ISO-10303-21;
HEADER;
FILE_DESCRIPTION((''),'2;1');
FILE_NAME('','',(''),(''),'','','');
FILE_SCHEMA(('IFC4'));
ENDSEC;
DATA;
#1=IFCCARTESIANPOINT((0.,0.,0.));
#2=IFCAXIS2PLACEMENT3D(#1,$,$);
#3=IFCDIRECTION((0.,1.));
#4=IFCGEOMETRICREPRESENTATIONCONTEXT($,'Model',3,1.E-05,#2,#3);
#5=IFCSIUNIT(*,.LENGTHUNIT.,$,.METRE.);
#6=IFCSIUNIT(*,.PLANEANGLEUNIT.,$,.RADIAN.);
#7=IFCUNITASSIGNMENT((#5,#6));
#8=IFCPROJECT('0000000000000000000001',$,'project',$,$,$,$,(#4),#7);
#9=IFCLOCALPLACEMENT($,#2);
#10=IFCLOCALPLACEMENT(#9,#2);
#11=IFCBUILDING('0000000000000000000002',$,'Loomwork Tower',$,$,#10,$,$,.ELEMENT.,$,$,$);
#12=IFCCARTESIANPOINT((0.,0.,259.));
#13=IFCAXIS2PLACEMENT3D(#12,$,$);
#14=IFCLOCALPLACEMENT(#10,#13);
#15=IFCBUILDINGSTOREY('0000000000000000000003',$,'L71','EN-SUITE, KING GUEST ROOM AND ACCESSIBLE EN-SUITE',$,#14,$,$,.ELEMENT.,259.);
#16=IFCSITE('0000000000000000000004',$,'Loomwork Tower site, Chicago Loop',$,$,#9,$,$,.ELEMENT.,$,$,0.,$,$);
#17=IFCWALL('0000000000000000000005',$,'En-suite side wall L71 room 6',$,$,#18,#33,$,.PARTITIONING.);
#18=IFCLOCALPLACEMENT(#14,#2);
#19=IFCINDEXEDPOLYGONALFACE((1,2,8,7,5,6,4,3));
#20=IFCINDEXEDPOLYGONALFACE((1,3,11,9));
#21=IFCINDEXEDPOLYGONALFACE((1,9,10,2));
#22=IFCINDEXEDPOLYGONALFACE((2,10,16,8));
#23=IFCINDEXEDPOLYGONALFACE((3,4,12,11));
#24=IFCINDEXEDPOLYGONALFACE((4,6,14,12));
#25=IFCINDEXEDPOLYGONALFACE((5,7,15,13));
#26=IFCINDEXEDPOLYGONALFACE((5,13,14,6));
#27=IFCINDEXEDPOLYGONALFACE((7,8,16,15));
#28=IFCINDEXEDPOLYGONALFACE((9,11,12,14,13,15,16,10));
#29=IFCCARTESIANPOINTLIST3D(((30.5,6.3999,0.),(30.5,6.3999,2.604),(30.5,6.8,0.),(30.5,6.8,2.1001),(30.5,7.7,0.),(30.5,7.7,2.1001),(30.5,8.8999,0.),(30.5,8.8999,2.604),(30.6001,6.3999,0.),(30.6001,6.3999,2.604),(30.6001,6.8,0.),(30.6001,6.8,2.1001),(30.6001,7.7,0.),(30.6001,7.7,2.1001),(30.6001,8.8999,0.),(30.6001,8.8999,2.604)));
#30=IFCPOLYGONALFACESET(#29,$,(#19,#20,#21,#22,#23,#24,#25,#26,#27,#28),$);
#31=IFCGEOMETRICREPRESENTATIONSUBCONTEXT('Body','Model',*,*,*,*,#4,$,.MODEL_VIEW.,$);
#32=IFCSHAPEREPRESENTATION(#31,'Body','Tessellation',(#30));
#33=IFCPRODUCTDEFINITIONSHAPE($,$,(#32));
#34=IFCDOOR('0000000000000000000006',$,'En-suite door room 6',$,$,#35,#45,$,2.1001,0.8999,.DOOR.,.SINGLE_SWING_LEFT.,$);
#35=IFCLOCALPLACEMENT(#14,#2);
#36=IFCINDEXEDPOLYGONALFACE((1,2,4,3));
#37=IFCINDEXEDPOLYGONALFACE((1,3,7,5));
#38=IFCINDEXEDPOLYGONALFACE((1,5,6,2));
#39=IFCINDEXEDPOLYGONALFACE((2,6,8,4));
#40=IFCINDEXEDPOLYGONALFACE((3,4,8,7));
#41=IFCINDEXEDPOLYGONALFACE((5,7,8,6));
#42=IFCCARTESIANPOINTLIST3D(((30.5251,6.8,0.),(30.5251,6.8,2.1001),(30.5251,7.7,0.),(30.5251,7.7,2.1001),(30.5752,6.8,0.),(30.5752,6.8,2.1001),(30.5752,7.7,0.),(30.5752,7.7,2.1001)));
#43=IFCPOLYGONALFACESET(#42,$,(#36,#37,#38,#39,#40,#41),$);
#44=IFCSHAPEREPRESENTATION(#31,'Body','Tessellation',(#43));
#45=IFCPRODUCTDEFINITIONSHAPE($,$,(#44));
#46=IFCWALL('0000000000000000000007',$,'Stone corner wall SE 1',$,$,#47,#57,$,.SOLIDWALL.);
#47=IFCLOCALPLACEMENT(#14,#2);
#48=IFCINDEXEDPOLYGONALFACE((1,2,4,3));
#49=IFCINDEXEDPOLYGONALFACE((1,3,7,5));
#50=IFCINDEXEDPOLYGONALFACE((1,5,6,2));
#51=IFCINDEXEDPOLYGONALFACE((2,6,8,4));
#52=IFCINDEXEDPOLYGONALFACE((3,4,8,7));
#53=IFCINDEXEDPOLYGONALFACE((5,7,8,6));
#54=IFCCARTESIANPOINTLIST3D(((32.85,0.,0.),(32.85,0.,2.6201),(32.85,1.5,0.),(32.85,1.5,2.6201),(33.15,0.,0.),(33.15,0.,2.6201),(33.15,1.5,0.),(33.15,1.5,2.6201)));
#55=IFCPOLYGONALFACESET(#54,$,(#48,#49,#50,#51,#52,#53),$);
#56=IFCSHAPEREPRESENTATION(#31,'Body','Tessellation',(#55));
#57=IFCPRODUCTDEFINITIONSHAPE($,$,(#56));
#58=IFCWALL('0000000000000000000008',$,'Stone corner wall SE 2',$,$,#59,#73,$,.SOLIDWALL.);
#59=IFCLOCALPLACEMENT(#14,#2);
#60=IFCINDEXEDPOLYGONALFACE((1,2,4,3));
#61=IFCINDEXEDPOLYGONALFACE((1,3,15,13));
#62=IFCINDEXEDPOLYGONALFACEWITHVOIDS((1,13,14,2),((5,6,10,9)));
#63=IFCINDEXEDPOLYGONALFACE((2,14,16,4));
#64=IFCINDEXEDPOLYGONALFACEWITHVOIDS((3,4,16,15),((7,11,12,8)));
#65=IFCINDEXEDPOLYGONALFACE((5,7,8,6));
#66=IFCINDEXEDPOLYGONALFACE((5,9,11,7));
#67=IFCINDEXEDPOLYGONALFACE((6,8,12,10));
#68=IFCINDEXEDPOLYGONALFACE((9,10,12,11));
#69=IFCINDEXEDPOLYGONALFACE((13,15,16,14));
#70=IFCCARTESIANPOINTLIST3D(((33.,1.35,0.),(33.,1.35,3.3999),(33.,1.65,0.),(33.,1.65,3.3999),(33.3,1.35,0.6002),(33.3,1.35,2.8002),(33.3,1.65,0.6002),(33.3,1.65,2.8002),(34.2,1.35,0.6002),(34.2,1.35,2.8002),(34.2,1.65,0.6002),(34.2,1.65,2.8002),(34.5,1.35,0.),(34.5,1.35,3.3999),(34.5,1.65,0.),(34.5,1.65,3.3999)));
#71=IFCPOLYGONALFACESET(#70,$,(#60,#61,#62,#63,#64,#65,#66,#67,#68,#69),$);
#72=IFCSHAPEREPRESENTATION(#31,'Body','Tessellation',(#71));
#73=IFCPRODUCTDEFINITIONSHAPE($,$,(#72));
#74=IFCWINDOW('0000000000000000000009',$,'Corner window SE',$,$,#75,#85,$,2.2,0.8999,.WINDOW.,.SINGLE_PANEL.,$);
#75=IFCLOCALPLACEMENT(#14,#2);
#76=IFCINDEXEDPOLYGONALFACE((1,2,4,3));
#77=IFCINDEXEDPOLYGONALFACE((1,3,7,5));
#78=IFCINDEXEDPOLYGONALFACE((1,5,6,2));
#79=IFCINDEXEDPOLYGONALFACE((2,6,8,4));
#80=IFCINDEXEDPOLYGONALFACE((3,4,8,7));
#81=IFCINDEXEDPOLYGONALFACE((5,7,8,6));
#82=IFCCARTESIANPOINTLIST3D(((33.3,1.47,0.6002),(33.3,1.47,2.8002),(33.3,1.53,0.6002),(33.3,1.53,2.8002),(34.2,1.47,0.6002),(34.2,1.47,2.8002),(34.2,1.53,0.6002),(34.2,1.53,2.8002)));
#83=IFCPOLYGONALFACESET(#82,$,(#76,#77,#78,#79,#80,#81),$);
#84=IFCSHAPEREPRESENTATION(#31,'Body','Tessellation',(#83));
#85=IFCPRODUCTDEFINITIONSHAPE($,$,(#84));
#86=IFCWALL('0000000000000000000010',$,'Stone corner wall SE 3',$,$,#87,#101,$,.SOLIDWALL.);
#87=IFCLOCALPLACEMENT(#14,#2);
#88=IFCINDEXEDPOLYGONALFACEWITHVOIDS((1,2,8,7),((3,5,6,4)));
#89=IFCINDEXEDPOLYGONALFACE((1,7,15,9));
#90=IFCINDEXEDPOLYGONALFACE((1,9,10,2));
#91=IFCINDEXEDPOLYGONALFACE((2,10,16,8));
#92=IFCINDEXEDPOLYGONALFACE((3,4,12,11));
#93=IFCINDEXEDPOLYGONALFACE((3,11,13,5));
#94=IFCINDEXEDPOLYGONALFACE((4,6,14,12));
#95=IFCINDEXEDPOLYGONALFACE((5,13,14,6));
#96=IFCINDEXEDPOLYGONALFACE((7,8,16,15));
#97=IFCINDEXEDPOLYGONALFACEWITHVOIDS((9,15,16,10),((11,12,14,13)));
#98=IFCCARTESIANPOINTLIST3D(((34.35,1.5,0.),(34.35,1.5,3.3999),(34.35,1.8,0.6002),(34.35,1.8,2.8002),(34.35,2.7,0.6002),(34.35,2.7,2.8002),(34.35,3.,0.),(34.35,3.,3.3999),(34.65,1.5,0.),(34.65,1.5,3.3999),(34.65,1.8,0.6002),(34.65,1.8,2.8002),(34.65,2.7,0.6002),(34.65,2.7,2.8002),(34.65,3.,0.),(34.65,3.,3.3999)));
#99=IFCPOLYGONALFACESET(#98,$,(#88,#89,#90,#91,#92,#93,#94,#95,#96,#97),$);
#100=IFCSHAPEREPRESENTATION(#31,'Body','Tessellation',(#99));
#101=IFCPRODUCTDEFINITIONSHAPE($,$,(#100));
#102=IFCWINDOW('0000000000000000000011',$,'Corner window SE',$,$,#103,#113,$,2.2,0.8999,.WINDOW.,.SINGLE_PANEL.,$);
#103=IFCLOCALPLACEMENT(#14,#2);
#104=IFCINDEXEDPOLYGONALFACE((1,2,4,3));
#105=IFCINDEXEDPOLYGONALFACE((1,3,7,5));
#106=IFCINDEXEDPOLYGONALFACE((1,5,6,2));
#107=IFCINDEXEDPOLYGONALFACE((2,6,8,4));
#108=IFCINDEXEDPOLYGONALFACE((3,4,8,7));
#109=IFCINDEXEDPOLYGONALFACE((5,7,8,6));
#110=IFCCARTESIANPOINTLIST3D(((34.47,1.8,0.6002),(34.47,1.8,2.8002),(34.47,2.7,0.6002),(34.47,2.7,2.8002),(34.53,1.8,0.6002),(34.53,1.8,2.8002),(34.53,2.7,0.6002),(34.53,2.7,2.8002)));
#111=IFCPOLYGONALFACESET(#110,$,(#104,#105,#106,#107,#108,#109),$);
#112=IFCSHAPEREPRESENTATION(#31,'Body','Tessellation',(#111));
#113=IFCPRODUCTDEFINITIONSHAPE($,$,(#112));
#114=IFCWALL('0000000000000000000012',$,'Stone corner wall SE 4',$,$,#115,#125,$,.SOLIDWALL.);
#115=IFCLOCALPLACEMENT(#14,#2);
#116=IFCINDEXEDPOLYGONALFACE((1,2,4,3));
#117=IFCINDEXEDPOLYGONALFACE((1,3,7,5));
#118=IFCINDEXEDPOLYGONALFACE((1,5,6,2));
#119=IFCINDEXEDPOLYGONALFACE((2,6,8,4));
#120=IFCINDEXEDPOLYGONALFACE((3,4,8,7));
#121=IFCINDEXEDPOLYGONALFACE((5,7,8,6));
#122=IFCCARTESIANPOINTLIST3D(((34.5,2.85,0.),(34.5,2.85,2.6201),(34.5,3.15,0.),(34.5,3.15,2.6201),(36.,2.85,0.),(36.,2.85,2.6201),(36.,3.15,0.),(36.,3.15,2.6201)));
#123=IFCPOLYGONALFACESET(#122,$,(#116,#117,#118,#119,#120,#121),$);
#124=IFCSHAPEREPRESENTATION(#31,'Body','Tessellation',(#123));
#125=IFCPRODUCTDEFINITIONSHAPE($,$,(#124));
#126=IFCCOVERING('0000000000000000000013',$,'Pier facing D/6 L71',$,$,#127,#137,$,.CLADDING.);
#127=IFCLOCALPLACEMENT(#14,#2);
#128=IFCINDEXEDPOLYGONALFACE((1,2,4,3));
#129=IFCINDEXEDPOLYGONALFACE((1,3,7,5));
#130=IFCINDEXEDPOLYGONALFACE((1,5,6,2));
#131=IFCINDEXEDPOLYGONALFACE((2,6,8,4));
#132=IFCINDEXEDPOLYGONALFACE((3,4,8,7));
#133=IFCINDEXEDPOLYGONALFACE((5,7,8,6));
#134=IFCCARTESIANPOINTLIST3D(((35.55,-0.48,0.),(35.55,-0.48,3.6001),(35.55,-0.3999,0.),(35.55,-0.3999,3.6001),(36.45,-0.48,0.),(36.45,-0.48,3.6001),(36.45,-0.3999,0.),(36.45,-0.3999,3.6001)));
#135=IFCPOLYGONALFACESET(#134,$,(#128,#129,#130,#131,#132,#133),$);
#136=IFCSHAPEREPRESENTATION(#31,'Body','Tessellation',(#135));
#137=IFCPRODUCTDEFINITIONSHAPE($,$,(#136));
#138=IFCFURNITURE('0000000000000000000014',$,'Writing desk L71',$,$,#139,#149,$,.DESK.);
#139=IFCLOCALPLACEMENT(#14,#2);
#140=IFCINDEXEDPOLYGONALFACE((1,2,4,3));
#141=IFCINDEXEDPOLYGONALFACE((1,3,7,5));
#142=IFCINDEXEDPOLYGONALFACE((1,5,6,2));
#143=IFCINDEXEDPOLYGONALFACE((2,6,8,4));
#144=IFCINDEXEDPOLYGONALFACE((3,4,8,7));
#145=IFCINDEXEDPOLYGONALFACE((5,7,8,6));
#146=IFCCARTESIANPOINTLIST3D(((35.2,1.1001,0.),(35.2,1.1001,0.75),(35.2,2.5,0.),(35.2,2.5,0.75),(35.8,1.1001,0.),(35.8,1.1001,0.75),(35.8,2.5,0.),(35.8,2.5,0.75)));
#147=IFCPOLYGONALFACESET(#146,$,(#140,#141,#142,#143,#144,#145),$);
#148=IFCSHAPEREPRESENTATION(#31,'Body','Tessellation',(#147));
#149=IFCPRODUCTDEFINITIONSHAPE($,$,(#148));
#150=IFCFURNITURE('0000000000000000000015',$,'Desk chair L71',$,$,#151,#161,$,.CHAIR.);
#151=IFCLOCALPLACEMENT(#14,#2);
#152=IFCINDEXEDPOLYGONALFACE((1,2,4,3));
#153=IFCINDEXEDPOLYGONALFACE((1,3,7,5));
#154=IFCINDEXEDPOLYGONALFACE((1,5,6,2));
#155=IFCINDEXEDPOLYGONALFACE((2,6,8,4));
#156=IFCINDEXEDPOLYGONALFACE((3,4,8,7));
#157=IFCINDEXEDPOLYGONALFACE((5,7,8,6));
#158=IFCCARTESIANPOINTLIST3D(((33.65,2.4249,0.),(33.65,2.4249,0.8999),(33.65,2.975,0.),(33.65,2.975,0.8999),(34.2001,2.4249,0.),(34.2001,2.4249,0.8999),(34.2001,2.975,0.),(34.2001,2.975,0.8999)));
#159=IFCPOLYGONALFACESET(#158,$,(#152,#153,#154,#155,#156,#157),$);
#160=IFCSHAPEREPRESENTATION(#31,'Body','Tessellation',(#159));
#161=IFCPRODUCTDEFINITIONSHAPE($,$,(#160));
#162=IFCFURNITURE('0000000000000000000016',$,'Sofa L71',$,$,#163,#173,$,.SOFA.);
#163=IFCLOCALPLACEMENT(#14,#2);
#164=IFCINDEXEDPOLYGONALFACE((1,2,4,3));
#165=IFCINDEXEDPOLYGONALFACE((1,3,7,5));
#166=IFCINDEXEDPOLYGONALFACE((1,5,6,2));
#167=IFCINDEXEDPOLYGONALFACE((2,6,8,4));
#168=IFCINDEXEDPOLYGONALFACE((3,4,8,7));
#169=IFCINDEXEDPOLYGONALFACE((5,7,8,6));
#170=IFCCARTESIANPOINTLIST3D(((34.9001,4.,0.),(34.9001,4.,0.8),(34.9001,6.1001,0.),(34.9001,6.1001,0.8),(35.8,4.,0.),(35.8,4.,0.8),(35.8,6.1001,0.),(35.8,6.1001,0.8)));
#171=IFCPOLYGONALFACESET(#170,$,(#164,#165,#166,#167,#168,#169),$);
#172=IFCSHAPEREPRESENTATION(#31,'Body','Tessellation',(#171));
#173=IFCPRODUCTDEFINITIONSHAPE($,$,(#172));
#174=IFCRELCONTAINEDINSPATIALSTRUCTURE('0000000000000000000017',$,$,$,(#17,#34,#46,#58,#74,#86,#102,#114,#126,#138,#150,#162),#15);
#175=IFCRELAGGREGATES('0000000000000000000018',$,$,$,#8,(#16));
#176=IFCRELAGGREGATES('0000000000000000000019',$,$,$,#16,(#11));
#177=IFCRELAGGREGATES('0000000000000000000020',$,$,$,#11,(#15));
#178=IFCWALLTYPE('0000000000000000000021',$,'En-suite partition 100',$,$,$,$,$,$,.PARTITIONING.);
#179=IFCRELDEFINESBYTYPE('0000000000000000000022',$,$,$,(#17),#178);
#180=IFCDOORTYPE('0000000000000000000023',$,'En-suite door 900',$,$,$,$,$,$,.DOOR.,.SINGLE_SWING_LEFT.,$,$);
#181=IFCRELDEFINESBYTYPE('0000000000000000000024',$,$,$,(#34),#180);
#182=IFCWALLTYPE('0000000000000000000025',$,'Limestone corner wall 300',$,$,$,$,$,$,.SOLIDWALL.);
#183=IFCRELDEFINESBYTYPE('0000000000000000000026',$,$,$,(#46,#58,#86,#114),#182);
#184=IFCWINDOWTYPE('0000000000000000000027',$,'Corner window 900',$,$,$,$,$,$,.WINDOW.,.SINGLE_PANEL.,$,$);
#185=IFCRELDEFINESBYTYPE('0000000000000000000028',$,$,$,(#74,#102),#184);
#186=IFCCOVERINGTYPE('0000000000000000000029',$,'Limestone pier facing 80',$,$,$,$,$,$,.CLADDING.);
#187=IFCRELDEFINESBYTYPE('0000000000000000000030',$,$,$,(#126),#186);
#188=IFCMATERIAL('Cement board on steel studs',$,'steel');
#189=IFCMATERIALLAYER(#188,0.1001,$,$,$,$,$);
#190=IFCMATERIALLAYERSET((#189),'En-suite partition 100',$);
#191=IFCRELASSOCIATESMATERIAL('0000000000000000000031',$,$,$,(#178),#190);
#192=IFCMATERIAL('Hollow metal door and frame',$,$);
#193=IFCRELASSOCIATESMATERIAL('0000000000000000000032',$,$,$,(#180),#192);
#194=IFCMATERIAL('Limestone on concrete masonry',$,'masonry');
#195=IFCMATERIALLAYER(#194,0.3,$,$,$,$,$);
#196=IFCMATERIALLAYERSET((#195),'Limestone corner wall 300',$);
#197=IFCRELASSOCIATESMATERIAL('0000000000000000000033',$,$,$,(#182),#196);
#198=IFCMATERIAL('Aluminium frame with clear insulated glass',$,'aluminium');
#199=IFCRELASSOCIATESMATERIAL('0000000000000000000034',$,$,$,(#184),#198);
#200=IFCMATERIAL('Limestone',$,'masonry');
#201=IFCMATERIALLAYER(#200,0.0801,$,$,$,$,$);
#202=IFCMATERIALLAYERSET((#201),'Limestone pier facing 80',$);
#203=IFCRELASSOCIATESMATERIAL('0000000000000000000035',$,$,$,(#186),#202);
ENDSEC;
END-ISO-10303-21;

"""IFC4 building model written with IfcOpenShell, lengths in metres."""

from ifc_helpers import new_model, si_unit, direction, frame, frame_2d, origin, origin_2d, place, context, subcontext, project, spatial, rectangle, extrude, material, layer, layer_set, type_object, element, fill, save


model = new_model("IFC4")

# Units and contexts
model_context = context("Model", 3, precision=1e-05, world=origin(), true_north=direction((0.0, 1.0)))
body_context = subcontext(model_context, "Body", "Model", "MODEL_VIEW")
ifc_project = project(units=[si_unit("LENGTHUNIT", "METRE"), si_unit("PLANEANGLEUNIT", "RADIAN")], contexts=[model_context])

# Site, building, storey
site_placement = place(None, origin())
site = spatial("IfcSite", under=ifc_project, at=site_placement, Name="Loomwork Tower site, Chicago Loop", CompositionType="ELEMENT", RefElevation=0.0)
building_placement = place(site_placement, origin())
building = spatial("IfcBuilding", under=site, at=building_placement, Name="Loomwork Tower", CompositionType="ELEMENT")
storey_placement = place(building_placement, frame((0.0, 0.0, 259.0)))
storey = spatial("IfcBuildingStorey", under=building, at=storey_placement, Name="L71", Description="EN-SUITE, KING GUEST ROOM AND ACCESSIBLE EN-SUITE", CompositionType="ELEMENT", Elevation=259.0)

# Wall, opening, door
ifc_material_1 = material(Name="Cement board on steel studs", Category="steel")
ifc_layer_1 = layer(ifc_material_1, 0.1001)
ifc_layer_set_1 = layer_set([ifc_layer_1], Name="En-suite partition 100")
wall_type_1 = type_object("IfcWallType", Name="En-suite partition 100", PredefinedType="PARTITIONING", material=ifc_layer_set_1)
wall_1_placement = place(storey_placement, frame((30.55, 8.8999, 0.0), z_axis=(0.0, 0.0, 1.0), x_axis=(0.0, -1.0, 0.0)))
wall_1 = element("IfcWall", 1, at=wall_1_placement, inside=storey, type_object=wall_type_1, Name="En-suite side wall L71 room 6", PredefinedType="PARTITIONING", context=body_context, shape_type="SweptSolid", body=[
    extrude(rectangle(XDim=2.5, YDim=0.1001, at=frame_2d((1.25, 0.0))), origin(), (0.0, 0.0, 1.0), 2.604),
])
opening_1_placement = place(wall_1_placement, frame((1.2, 0.0, 0.0)))
opening_1 = element("IfcOpeningElement", 2, at=opening_1_placement, cuts=wall_1, PredefinedType="OPENING", context=body_context, shape_type="SweptSolid", body=[
    extrude(rectangle(XDim=0.8999, YDim=2.1001, at=frame_2d((0.45, 1.05))), frame((0.0, 0.0601, 0.0), z_axis=(0.0, -1.0, 0.0), x_axis=(1.0, 0.0, 0.0)), (0.0, 0.0, 1.0), 0.1201),
])
ifc_material_2 = material(Name="Hollow metal door and frame")
door_type = type_object("IfcDoorType", Name="En-suite door 900", OperationType="SINGLE_SWING_LEFT", PredefinedType="DOOR", material=ifc_material_2)
door_placement = place(opening_1_placement, frame((0.8999, 0.0, 0.0), z_axis=(0.0, 0.0, 1.0), x_axis=(-1.0, 0.0, 0.0)))
door = element("IfcDoor", 3, at=door_placement, inside=storey, type_object=door_type, Name="En-suite door room 6", OperationType="SINGLE_SWING_LEFT", OverallHeight=2.1001, OverallWidth=0.8999, PredefinedType="DOOR", context=body_context, shape_type="SweptSolid", body=[
    extrude(rectangle(XDim=0.8999, YDim=2.1001, at=frame_2d((0.45, 1.05))), frame((0.0, 0.0249, 0.0), z_axis=(0.0, -1.0, 0.0), x_axis=(1.0, 0.0, 0.0)), (0.0, 0.0, 1.0), 0.05),
])
fill(opening_1, door)

# Wall
ifc_material_3 = material(Name="Limestone on concrete masonry", Category="masonry")
ifc_layer_2 = layer(ifc_material_3, 0.3)
ifc_layer_set_2 = layer_set([ifc_layer_2], Name="Limestone corner wall 300")
wall_type_2 = type_object("IfcWallType", Name="Limestone corner wall 300", PredefinedType="SOLIDWALL", material=ifc_layer_set_2)
wall_2_placement = place(storey_placement, frame((33.0, 0.0, 0.0), z_axis=(0.0, 0.0, 1.0), x_axis=(0.0, 1.0, 0.0)))
element("IfcWall", 4, at=wall_2_placement, inside=storey, type_object=wall_type_2, Name="Stone corner wall SE 1", PredefinedType="SOLIDWALL", context=body_context, shape_type="SweptSolid", body=[
    extrude(rectangle(XDim=1.5, YDim=0.3, at=frame_2d((0.75, 0.0))), origin(), (0.0, 0.0, 1.0), 2.6201),
])

# Walls, openings, windows
wall_3_placement = place(storey_placement, frame((33.0, 1.5, 0.0), z_axis=(0.0, 0.0, 1.0), x_axis=(1.0, 0.0, 0.0)))
wall_3 = element("IfcWall", 5, at=wall_3_placement, inside=storey, type_object=wall_type_2, Name="Stone corner wall SE 2", PredefinedType="SOLIDWALL", context=body_context, shape_type="SweptSolid", body=[
    extrude(rectangle(XDim=1.5, YDim=0.3, at=frame_2d((0.75, 0.0))), origin(), (0.0, 0.0, 1.0), 3.3999),
])
opening_2_placement = place(wall_3_placement, frame((0.3, 0.0, 0.6001)))
opening_2 = element("IfcOpeningElement", 6, at=opening_2_placement, cuts=wall_3, PredefinedType="OPENING", context=body_context, shape_type="SweptSolid", body=[
    extrude(rectangle(XDim=0.8999, YDim=2.2, at=frame_2d((0.45, 1.1001))), frame((0.0, 0.1599, 0.0), z_axis=(0.0, -1.0, 0.0), x_axis=(1.0, 0.0, 0.0)), (0.0, 0.0, 1.0), 0.3201),
])
ifc_material_4 = material(Name="Aluminium frame with clear insulated glass", Category="aluminium")
window_type = type_object("IfcWindowType", Name="Corner window 900", PartitioningType="SINGLE_PANEL", PredefinedType="WINDOW", material=ifc_material_4)
window_1_placement = place(opening_2_placement, origin())
window_1 = element("IfcWindow", 7, at=window_1_placement, inside=storey, type_object=window_type, Name="Corner window SE", OverallHeight=2.2, OverallWidth=0.8999, PartitioningType="SINGLE_PANEL", PredefinedType="WINDOW", context=body_context, shape_type="SweptSolid", body=[
    extrude(rectangle(XDim=0.8999, YDim=2.2, at=frame_2d((0.45, 1.1001))), frame((0.0, 0.03, 0.0), z_axis=(0.0, -1.0, 0.0), x_axis=(1.0, 0.0, 0.0)), (0.0, 0.0, 1.0), 0.0601),
])
fill(opening_2, window_1)
wall_4_placement = place(storey_placement, frame((34.5, 1.5, 0.0), z_axis=(0.0, 0.0, 1.0), x_axis=(0.0, 1.0, 0.0)))
wall_4 = element("IfcWall", 8, at=wall_4_placement, inside=storey, type_object=wall_type_2, Name="Stone corner wall SE 3", PredefinedType="SOLIDWALL", context=body_context, shape_type="SweptSolid", body=[
    extrude(rectangle(XDim=1.5, YDim=0.3, at=frame_2d((0.75, 0.0))), origin(), (0.0, 0.0, 1.0), 3.3999),
])
opening_3_placement = place(wall_4_placement, frame((0.3, 0.0, 0.6001)))
opening_3 = element("IfcOpeningElement", 9, at=opening_3_placement, cuts=wall_4, PredefinedType="OPENING", context=body_context, shape_type="SweptSolid", body=[
    extrude(rectangle(XDim=0.8999, YDim=2.2, at=frame_2d((0.45, 1.1001))), frame((0.0, 0.1599, 0.0), z_axis=(0.0, -1.0, 0.0), x_axis=(1.0, 0.0, 0.0)), (0.0, 0.0, 1.0), 0.3201),
])
window_2_placement = place(opening_3_placement, origin())
window_2 = element("IfcWindow", 10, at=window_2_placement, inside=storey, type_object=window_type, Name="Corner window SE", OverallHeight=2.2, OverallWidth=0.8999, PartitioningType="SINGLE_PANEL", PredefinedType="WINDOW", context=body_context, shape_type="SweptSolid", body=[
    extrude(rectangle(XDim=0.8999, YDim=2.2, at=frame_2d((0.45, 1.1001))), frame((0.0, 0.03, 0.0), z_axis=(0.0, -1.0, 0.0), x_axis=(1.0, 0.0, 0.0)), (0.0, 0.0, 1.0), 0.0601),
])
fill(opening_3, window_2)

# Wall
wall_5_placement = place(storey_placement, frame((34.5, 3.0, 0.0), z_axis=(0.0, 0.0, 1.0), x_axis=(1.0, 0.0, 0.0)))
element("IfcWall", 11, at=wall_5_placement, inside=storey, type_object=wall_type_2, Name="Stone corner wall SE 4", PredefinedType="SOLIDWALL", context=body_context, shape_type="SweptSolid", body=[
    extrude(rectangle(XDim=1.5, YDim=0.3, at=frame_2d((0.75, 0.0))), origin(), (0.0, 0.0, 1.0), 2.6201),
])

# Covering
ifc_material_5 = material(Name="Limestone", Category="masonry")
ifc_layer_3 = layer(ifc_material_5, 0.0801)
ifc_layer_set_3 = layer_set([ifc_layer_3], Name="Limestone pier facing 80")
covering_type = type_object("IfcCoveringType", Name="Limestone pier facing 80", PredefinedType="CLADDING", material=ifc_layer_set_3)
covering_placement = place(storey_placement, frame((36.0, -0.4399, 0.0), z_axis=(0.0, 0.0, 1.0), x_axis=(1.0, 0.0, 0.0)))
element("IfcCovering", 12, at=covering_placement, inside=storey, type_object=covering_type, Name="Pier facing D/6 L71", PredefinedType="CLADDING", context=body_context, shape_type="SweptSolid", body=[
    extrude(rectangle(XDim=0.8999, YDim=0.0801, at=origin_2d()), origin(), (0.0, 0.0, 1.0), 3.6001),
])

# Furniture
furniture_1_placement = place(storey_placement, frame((35.5, 1.8, 0.0), z_axis=(0.0, 0.0, 1.0), x_axis=(1.0, 0.0, 0.0)))
element("IfcFurniture", 13, at=furniture_1_placement, inside=storey, Name="Writing desk L71", PredefinedType="DESK", context=body_context, shape_type="SweptSolid", body=[
    extrude(rectangle(XDim=0.6001, YDim=1.3999, at=origin_2d()), origin(), (0.0, 0.0, 1.0), 0.75),
])
furniture_2_placement = place(storey_placement, frame((33.925, 2.7, 0.0), z_axis=(0.0, 0.0, 1.0), x_axis=(1.0, 0.0, 0.0)))
element("IfcFurniture", 14, at=furniture_2_placement, inside=storey, Name="Desk chair L71", PredefinedType="CHAIR", context=body_context, shape_type="SweptSolid", body=[
    extrude(rectangle(XDim=0.55, YDim=0.55, at=origin_2d()), origin(), (0.0, 0.0, 1.0), 0.8999),
])
furniture_3_placement = place(storey_placement, frame((35.3501, 5.05, 0.0), z_axis=(0.0, 0.0, 1.0), x_axis=(1.0, 0.0, 0.0)))
element("IfcFurniture", 15, at=furniture_3_placement, inside=storey, Name="Sofa L71", PredefinedType="SOFA", context=body_context, shape_type="SweptSolid", body=[
    extrude(rectangle(XDim=0.8999, YDim=2.1001, at=origin_2d()), origin(), (0.0, 0.0, 1.0), 0.8),
])

save(model, "model.ifc")
